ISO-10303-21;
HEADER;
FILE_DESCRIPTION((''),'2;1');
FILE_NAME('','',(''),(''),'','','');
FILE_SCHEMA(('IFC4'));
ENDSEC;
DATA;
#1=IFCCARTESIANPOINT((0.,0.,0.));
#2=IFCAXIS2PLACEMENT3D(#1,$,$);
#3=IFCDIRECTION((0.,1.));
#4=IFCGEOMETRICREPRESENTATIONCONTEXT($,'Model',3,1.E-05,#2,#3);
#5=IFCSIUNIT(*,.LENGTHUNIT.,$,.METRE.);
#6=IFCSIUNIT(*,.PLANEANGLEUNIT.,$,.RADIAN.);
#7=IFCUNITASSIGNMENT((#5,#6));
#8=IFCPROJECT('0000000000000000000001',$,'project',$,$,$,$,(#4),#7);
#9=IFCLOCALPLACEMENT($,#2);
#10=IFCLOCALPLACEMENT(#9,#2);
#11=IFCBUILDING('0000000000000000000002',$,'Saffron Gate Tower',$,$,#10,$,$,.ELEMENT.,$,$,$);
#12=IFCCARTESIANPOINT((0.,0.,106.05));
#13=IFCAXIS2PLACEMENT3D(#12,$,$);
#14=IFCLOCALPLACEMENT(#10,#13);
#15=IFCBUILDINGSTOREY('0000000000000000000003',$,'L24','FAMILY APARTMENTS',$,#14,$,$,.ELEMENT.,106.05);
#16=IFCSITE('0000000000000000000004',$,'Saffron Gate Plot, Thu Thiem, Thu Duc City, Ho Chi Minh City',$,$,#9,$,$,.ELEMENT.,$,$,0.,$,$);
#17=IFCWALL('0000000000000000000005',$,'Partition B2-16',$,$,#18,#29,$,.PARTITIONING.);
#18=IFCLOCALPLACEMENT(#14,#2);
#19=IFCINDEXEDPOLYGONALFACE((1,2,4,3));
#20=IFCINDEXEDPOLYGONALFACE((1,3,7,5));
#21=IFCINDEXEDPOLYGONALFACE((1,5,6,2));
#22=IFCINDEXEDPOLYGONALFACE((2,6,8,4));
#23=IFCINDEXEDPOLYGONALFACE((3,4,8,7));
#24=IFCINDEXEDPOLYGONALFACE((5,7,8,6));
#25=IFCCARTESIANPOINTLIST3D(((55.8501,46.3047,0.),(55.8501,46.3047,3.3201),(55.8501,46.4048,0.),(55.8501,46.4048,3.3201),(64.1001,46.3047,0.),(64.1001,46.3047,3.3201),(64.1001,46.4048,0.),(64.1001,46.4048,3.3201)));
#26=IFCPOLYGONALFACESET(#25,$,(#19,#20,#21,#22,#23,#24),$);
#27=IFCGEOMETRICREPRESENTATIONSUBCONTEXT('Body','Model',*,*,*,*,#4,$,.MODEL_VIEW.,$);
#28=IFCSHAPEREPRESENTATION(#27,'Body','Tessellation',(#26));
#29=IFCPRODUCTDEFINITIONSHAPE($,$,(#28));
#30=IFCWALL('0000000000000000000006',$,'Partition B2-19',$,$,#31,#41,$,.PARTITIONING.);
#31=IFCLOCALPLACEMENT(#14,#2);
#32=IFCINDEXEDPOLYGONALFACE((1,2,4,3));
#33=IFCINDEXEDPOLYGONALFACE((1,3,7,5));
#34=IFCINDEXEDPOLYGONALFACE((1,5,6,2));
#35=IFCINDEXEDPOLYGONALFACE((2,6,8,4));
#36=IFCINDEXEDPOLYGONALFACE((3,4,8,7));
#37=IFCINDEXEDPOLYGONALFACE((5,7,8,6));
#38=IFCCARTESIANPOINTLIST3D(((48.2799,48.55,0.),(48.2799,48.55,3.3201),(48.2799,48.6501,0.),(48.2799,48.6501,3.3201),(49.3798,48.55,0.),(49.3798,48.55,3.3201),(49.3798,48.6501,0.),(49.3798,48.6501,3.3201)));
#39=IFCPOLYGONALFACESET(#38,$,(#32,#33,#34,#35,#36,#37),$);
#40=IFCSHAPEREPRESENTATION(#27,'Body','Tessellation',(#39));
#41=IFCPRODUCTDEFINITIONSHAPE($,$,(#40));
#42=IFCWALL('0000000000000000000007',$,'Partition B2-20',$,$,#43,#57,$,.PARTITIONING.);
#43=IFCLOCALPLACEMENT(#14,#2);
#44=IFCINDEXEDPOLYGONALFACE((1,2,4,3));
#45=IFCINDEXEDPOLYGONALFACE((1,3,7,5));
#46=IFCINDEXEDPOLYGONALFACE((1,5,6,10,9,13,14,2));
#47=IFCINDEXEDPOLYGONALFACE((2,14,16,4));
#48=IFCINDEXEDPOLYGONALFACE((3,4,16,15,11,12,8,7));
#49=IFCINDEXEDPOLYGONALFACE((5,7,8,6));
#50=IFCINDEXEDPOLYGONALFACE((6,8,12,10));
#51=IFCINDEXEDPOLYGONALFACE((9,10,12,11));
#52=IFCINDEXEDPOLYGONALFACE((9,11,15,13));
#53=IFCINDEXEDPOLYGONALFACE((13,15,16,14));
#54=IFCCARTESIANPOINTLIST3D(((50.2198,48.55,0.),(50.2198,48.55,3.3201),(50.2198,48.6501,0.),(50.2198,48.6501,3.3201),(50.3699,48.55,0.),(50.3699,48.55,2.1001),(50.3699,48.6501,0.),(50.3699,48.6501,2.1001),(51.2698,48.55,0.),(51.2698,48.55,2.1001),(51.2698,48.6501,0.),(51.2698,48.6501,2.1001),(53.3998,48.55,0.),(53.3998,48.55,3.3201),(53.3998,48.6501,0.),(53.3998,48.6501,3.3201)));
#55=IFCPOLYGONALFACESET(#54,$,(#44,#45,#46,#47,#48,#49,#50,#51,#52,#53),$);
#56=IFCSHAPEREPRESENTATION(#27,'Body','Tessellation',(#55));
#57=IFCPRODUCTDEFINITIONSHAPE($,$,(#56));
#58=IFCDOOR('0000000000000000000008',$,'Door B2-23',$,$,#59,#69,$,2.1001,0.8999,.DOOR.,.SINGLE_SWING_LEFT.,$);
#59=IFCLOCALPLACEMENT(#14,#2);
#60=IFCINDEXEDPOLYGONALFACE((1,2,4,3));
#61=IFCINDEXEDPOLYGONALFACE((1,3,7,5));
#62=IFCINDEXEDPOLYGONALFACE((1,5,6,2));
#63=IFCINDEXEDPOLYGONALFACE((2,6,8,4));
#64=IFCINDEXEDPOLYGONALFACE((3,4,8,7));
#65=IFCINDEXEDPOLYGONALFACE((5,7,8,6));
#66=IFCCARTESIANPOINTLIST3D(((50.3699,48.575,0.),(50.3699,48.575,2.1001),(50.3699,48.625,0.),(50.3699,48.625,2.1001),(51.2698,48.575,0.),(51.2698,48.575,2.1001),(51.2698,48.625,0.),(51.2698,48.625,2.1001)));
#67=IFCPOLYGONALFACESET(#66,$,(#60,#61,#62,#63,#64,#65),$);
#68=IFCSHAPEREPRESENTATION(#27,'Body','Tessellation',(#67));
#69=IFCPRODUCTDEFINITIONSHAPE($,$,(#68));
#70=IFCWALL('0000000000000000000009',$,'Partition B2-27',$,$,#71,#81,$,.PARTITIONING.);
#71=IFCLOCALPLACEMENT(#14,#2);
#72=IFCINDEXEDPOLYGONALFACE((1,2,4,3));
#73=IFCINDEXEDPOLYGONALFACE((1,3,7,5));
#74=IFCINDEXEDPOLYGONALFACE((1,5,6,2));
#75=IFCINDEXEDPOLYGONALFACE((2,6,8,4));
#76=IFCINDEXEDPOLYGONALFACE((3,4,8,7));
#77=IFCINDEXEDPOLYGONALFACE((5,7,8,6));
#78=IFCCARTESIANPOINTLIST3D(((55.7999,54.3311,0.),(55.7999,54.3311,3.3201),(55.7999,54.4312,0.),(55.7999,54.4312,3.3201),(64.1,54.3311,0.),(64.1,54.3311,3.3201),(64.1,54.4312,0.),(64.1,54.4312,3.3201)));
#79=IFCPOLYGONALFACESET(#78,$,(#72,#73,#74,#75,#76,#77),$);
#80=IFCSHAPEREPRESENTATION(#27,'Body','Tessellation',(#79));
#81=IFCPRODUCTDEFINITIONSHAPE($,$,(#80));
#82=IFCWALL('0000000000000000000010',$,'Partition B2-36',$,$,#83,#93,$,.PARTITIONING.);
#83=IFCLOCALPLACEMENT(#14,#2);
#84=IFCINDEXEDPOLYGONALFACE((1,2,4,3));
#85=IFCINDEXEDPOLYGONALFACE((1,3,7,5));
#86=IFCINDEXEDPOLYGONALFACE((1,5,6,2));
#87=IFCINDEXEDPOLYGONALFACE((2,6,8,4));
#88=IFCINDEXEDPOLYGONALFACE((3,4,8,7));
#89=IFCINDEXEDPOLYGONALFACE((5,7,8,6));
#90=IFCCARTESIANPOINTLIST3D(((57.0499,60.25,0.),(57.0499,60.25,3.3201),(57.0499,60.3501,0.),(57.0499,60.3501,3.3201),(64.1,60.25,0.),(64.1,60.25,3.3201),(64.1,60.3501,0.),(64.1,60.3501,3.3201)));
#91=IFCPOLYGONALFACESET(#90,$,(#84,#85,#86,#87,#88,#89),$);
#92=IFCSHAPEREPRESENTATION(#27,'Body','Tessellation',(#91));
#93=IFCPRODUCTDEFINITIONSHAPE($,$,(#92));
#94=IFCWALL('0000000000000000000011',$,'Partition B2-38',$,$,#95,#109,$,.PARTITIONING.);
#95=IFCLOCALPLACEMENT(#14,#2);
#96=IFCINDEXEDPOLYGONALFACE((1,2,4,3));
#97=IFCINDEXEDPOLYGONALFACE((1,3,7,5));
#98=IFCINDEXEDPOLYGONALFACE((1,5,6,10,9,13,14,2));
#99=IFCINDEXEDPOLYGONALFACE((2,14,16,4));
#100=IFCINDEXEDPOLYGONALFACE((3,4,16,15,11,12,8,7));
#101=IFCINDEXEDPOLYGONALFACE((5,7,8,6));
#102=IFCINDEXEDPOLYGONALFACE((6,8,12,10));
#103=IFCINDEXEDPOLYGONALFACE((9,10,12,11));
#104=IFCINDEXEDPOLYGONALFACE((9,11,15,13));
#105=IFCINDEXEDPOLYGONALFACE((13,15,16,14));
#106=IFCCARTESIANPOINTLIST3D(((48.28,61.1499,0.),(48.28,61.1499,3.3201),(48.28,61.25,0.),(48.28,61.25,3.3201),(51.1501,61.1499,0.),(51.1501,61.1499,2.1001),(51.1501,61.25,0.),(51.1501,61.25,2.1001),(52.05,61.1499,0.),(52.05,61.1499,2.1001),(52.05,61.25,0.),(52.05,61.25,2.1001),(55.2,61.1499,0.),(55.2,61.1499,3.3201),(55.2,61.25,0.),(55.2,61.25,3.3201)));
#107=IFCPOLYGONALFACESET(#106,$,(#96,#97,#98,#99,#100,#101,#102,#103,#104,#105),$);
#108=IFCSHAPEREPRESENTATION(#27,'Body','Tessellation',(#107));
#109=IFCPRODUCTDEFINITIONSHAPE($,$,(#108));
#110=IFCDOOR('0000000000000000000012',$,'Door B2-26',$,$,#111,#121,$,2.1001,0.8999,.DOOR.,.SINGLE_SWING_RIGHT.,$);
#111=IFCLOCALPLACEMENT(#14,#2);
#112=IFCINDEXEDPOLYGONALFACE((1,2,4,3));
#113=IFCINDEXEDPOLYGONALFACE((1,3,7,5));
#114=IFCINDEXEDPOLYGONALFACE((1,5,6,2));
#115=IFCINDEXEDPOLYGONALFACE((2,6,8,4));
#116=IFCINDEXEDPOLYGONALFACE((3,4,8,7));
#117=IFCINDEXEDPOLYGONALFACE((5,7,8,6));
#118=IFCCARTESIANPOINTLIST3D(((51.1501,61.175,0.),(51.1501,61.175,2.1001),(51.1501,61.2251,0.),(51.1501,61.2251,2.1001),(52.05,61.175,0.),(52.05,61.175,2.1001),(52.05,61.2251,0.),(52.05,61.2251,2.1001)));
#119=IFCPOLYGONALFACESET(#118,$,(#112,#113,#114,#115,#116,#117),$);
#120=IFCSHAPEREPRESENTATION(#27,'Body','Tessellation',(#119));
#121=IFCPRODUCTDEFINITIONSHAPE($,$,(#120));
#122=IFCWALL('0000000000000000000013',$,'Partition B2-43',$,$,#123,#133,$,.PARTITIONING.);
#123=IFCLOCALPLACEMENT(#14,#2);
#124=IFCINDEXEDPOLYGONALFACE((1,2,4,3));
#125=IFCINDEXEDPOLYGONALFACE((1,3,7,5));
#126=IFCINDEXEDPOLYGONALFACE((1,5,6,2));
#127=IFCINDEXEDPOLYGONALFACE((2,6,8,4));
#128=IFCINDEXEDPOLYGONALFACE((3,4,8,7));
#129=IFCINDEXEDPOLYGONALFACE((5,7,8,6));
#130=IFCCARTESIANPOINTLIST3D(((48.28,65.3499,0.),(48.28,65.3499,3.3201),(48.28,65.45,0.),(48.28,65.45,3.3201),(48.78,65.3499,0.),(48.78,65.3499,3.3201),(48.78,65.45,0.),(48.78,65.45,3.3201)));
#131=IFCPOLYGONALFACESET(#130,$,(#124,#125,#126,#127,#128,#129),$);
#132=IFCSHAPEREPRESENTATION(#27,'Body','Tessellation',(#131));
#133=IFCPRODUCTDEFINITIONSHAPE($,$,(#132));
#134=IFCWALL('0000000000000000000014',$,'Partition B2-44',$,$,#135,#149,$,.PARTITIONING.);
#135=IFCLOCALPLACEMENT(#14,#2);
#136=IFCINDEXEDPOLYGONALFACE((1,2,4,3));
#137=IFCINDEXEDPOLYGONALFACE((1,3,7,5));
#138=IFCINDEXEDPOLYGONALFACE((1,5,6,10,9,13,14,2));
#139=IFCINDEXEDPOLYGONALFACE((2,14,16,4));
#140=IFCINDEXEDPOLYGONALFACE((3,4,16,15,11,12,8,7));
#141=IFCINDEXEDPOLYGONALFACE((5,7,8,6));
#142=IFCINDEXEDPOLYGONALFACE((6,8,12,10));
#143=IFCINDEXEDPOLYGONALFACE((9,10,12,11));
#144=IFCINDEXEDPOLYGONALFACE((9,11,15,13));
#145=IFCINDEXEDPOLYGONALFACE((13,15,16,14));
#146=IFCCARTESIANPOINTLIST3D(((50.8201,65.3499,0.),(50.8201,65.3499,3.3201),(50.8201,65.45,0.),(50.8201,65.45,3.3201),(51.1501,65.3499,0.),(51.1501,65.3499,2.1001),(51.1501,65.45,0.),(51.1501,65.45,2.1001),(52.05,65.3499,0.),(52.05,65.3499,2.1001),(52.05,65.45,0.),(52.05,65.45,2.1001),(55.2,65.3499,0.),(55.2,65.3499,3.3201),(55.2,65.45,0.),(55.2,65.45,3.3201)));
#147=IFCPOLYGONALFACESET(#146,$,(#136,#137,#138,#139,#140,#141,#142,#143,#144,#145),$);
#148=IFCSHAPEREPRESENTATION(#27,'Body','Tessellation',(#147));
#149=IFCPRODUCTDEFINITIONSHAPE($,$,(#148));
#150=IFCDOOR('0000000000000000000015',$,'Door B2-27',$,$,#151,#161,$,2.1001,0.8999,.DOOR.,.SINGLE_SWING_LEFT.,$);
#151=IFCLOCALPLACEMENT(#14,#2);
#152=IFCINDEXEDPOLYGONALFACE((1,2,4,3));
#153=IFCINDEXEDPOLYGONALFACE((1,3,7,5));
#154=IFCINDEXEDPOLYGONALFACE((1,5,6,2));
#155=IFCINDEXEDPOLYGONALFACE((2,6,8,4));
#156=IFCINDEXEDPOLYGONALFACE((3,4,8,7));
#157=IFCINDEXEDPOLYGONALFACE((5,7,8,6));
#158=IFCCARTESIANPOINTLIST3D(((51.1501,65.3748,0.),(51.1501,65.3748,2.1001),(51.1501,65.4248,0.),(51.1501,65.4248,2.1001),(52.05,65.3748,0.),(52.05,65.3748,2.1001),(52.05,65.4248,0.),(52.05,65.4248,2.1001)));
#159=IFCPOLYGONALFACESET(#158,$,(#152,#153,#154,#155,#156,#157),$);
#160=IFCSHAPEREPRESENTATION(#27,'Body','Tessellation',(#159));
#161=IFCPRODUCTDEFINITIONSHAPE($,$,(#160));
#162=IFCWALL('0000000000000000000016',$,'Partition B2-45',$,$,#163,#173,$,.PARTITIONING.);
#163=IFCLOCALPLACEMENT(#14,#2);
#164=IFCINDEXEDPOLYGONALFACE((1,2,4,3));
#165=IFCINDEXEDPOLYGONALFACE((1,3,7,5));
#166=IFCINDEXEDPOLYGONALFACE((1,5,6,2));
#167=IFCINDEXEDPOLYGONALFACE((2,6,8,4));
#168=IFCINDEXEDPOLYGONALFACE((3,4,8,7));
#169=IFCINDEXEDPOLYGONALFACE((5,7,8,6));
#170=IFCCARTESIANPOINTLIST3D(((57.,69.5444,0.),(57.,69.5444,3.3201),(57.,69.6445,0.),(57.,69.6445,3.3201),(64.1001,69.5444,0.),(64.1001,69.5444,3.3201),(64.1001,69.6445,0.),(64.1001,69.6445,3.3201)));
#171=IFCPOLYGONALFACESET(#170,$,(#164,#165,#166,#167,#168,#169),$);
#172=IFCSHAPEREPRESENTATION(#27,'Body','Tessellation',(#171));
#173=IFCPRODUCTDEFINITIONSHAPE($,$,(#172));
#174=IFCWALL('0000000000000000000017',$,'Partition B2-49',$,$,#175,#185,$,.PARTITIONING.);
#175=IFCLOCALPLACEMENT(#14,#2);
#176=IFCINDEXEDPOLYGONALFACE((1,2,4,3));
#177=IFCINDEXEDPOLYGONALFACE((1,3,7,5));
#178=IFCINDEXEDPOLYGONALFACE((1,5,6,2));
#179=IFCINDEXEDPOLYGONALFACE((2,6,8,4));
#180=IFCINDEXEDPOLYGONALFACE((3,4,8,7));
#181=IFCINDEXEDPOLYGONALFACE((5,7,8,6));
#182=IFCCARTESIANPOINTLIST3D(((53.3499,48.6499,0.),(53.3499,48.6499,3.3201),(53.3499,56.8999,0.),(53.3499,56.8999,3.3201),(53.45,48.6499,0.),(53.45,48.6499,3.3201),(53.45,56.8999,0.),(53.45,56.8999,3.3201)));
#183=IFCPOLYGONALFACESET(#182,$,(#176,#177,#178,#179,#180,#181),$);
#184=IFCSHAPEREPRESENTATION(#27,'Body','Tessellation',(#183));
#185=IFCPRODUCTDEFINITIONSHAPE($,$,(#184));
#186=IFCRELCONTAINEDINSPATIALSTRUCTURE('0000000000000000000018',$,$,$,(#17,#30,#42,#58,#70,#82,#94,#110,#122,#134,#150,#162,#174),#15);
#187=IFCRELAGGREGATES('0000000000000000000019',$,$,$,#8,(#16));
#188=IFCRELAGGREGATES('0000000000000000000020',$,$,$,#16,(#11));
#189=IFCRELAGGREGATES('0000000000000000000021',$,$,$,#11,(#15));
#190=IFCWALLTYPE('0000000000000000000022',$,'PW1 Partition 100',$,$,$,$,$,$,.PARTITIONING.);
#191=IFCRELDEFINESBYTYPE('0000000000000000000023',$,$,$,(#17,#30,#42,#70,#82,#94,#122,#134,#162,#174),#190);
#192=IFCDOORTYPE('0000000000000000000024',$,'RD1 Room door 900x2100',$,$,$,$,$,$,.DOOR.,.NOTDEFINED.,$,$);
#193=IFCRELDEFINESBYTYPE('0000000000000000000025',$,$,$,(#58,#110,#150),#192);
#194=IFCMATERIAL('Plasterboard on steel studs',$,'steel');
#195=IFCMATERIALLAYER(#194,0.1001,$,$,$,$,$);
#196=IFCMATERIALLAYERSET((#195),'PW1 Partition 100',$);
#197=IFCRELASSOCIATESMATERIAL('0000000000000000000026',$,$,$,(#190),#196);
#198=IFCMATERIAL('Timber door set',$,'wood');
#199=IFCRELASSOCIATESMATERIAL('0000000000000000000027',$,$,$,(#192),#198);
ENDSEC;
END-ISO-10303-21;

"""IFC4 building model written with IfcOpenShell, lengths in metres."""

from ifc_helpers import new_model, si_unit, direction, frame, frame_2d, origin, place, context, subcontext, project, spatial, rectangle, extrude, material, layer, layer_set, type_object, element, fill, save


model = new_model("IFC4")

# Units and contexts
model_context = context("Model", 3, precision=1e-05, world=origin(), true_north=direction((0.0, 1.0)))
body_context = subcontext(model_context, "Body", "Model", "MODEL_VIEW")
ifc_project = project(units=[si_unit("LENGTHUNIT", "METRE"), si_unit("PLANEANGLEUNIT", "RADIAN")], contexts=[model_context])

# Site, building, storey
site_placement = place(None, origin())
site = spatial("IfcSite", under=ifc_project, at=site_placement, Name="Saffron Gate Plot, Thu Thiem, Thu Duc City, Ho Chi Minh City", CompositionType="ELEMENT", RefElevation=0.0)
building_placement = place(site_placement, origin())
building = spatial("IfcBuilding", under=site, at=building_placement, Name="Saffron Gate Tower", CompositionType="ELEMENT")
storey_placement = place(building_placement, frame((0.0, 0.0, 106.05)))
storey = spatial("IfcBuildingStorey", under=building, at=storey_placement, Name="L24", Description="FAMILY APARTMENTS", CompositionType="ELEMENT", Elevation=106.05)

# Walls
ifc_material_1 = material(Name="Plasterboard on steel studs", Category="steel")
ifc_layer_1 = layer(ifc_material_1, 0.1001)
ifc_layer_set_1 = layer_set([ifc_layer_1], Name="PW1 Partition 100")
wall_type_1 = type_object("IfcWallType", Name="PW1 Partition 100", PredefinedType="PARTITIONING", material=ifc_layer_set_1)
wall_1_placement = place(storey_placement, frame((55.8501, 46.3547, 0.0), z_axis=(0.0, 0.0, 1.0), x_axis=(1.0, 0.0, 0.0)))
element("IfcWall", 1, at=wall_1_placement, inside=storey, type_object=wall_type_1, Name="Partition B2-16", PredefinedType="PARTITIONING", context=body_context, shape_type="SweptSolid", body=[
    extrude(rectangle(XDim=8.25, YDim=0.1001, at=frame_2d((4.125, 0.0))), origin(), (0.0, 0.0, 1.0), 3.3201),
])
wall_2_placement = place(storey_placement, frame((48.28, 48.6001, 0.0), z_axis=(0.0, 0.0, 1.0), x_axis=(1.0, 0.0, 0.0)))
element("IfcWall", 2, at=wall_2_placement, inside=storey, type_object=wall_type_1, Name="Partition B2-19", PredefinedType="PARTITIONING", context=body_context, shape_type="SweptSolid", body=[
    extrude(rectangle(XDim=1.0999, YDim=0.1001, at=frame_2d((0.5498, 0.0))), origin(), (0.0, 0.0, 1.0), 3.3201),
])

# Wall, opening, door
wall_3_placement = place(storey_placement, frame((50.22, 48.6001, 0.0), z_axis=(0.0, 0.0, 1.0), x_axis=(1.0, 0.0, 0.0)))
wall_3 = element("IfcWall", 3, at=wall_3_placement, inside=storey, type_object=wall_type_1, Name="Partition B2-20", PredefinedType="PARTITIONING", context=body_context, shape_type="SweptSolid", body=[
    extrude(rectangle(XDim=3.1799, YDim=0.1001, at=frame_2d((1.5898, 0.0))), origin(), (0.0, 0.0, 1.0), 3.3201),
])
opening_1_placement = place(wall_3_placement, frame((0.1499, 0.0, 0.0)))
opening_1 = element("IfcOpeningElement", 4, at=opening_1_placement, cuts=wall_3, PredefinedType="OPENING", context=body_context, shape_type="SweptSolid", body=[
    extrude(rectangle(XDim=0.8999, YDim=2.1001, at=frame_2d((0.45, 1.05))), frame((0.0, 0.0601, 0.0), z_axis=(0.0, -1.0, 0.0), x_axis=(1.0, 0.0, 0.0)), (0.0, 0.0, 1.0), 0.1201),
])
ifc_material_2 = material(Name="Timber door set", Category="wood")
door_type_1 = type_object("IfcDoorType", Name="RD1 Room door 900x2100", OperationType="NOTDEFINED", PredefinedType="DOOR", material=ifc_material_2)
door_1_placement = place(opening_1_placement, origin())
door_1 = element("IfcDoor", 5, at=door_1_placement, inside=storey, type_object=door_type_1, Name="Door B2-23", OperationType="SINGLE_SWING_LEFT", OverallHeight=2.1001, OverallWidth=0.8999, PredefinedType="DOOR", context=body_context, shape_type="SweptSolid", body=[
    extrude(rectangle(XDim=0.8999, YDim=2.1001, at=frame_2d((0.45, 1.05))), frame((0.0, 0.0249, 0.0), z_axis=(0.0, -1.0, 0.0), x_axis=(1.0, 0.0, 0.0)), (0.0, 0.0, 1.0), 0.05),
])
fill(opening_1, door_1)

# Walls
wall_4_placement = place(storey_placement, frame((55.8, 54.3811, 0.0), z_axis=(0.0, 0.0, 1.0), x_axis=(1.0, 0.0, 0.0)))
element("IfcWall", 6, at=wall_4_placement, inside=storey, type_object=wall_type_1, Name="Partition B2-27", PredefinedType="PARTITIONING", context=body_context, shape_type="SweptSolid", body=[
    extrude(rectangle(XDim=8.3, YDim=0.1001, at=frame_2d((4.1499, 0.0))), origin(), (0.0, 0.0, 1.0), 3.3201),
])
wall_5_placement = place(storey_placement, frame((57.05, 60.3, 0.0), z_axis=(0.0, 0.0, 1.0), x_axis=(1.0, 0.0, 0.0)))
element("IfcWall", 7, at=wall_5_placement, inside=storey, type_object=wall_type_1, Name="Partition B2-36", PredefinedType="PARTITIONING", context=body_context, shape_type="SweptSolid", body=[
    extrude(rectangle(XDim=7.05, YDim=0.1001, at=frame_2d((3.5249, 0.0))), origin(), (0.0, 0.0, 1.0), 3.3201),
])

# Wall, opening, door
wall_6_placement = place(storey_placement, frame((55.2, 61.2, 0.0), z_axis=(0.0, 0.0, 1.0), x_axis=(-1.0, 0.0, 0.0)))
wall_6 = element("IfcWall", 8, at=wall_6_placement, inside=storey, type_object=wall_type_1, Name="Partition B2-38", PredefinedType="PARTITIONING", context=body_context, shape_type="SweptSolid", body=[
    extrude(rectangle(XDim=6.9199, YDim=0.1001, at=frame_2d((3.46, 0.0))), origin(), (0.0, 0.0, 1.0), 3.3201),
])
opening_2_placement = place(wall_6_placement, frame((3.1499, 0.0, 0.0)))
opening_2 = element("IfcOpeningElement", 9, at=opening_2_placement, cuts=wall_6, PredefinedType="OPENING", context=body_context, shape_type="SweptSolid", body=[
    extrude(rectangle(XDim=0.8999, YDim=2.1001, at=frame_2d((0.45, 1.05))), frame((0.0, 0.0601, 0.0), z_axis=(0.0, -1.0, 0.0), x_axis=(1.0, 0.0, 0.0)), (0.0, 0.0, 1.0), 0.1201),
])
door_2_placement = place(opening_2_placement, origin())
door_2 = element("IfcDoor", 10, at=door_2_placement, inside=storey, type_object=door_type_1, Name="Door B2-26", OperationType="SINGLE_SWING_RIGHT", OverallHeight=2.1001, OverallWidth=0.8999, PredefinedType="DOOR", context=body_context, shape_type="SweptSolid", body=[
    extrude(rectangle(XDim=0.8999, YDim=2.1001, at=frame_2d((0.45, 1.05))), frame((0.0, 0.0249, 0.0), z_axis=(0.0, -1.0, 0.0), x_axis=(1.0, 0.0, 0.0)), (0.0, 0.0, 1.0), 0.05),
])
fill(opening_2, door_2)

# Wall
wall_7_placement = place(storey_placement, frame((48.28, 65.3999, 0.0), z_axis=(0.0, 0.0, 1.0), x_axis=(1.0, 0.0, 0.0)))
element("IfcWall", 11, at=wall_7_placement, inside=storey, type_object=wall_type_1, Name="Partition B2-43", PredefinedType="PARTITIONING", context=body_context, shape_type="SweptSolid", body=[
    extrude(rectangle(XDim=0.5, YDim=0.1001, at=frame_2d((0.25, 0.0))), origin(), (0.0, 0.0, 1.0), 3.3201),
])

# Wall, opening, door
wall_8_placement = place(storey_placement, frame((50.8201, 65.3999, 0.0), z_axis=(0.0, 0.0, 1.0), x_axis=(1.0, 0.0, 0.0)))
wall_8 = element("IfcWall", 12, at=wall_8_placement, inside=storey, type_object=wall_type_1, Name="Partition B2-44", PredefinedType="PARTITIONING", context=body_context, shape_type="SweptSolid", body=[
    extrude(rectangle(XDim=4.3799, YDim=0.1001, at=frame_2d((2.1899, 0.0))), origin(), (0.0, 0.0, 1.0), 3.3201),
])
opening_3_placement = place(wall_8_placement, frame((0.3301, 0.0, 0.0)))
opening_3 = element("IfcOpeningElement", 13, at=opening_3_placement, cuts=wall_8, PredefinedType="OPENING", context=body_context, shape_type="SweptSolid", body=[
    extrude(rectangle(XDim=0.8999, YDim=2.1001, at=frame_2d((0.45, 1.05))), frame((0.0, 0.0601, 0.0), z_axis=(0.0, -1.0, 0.0), x_axis=(1.0, 0.0, 0.0)), (0.0, 0.0, 1.0), 0.1201),
])
door_3_placement = place(opening_3_placement, origin())
door_3 = element("IfcDoor", 14, at=door_3_placement, inside=storey, type_object=door_type_1, Name="Door B2-27", OperationType="SINGLE_SWING_LEFT", OverallHeight=2.1001, OverallWidth=0.8999, PredefinedType="DOOR", context=body_context, shape_type="SweptSolid", body=[
    extrude(rectangle(XDim=0.8999, YDim=2.1001, at=frame_2d((0.45, 1.05))), frame((0.0, 0.0249, 0.0), z_axis=(0.0, -1.0, 0.0), x_axis=(1.0, 0.0, 0.0)), (0.0, 0.0, 1.0), 0.05),
])
fill(opening_3, door_3)

# Walls
wall_9_placement = place(storey_placement, frame((57.0, 69.5945, 0.0), z_axis=(0.0, 0.0, 1.0), x_axis=(1.0, 0.0, 0.0)))
element("IfcWall", 15, at=wall_9_placement, inside=storey, type_object=wall_type_1, Name="Partition B2-45", PredefinedType="PARTITIONING", context=body_context, shape_type="SweptSolid", body=[
    extrude(rectangle(XDim=7.1001, YDim=0.1001, at=frame_2d((3.55, 0.0))), origin(), (0.0, 0.0, 1.0), 3.3201),
])
wall_10_placement = place(storey_placement, frame((53.3999, 56.8999, 0.0), z_axis=(0.0, 0.0, 1.0), x_axis=(0.0, -1.0, 0.0)))
element("IfcWall", 16, at=wall_10_placement, inside=storey, type_object=wall_type_1, Name="Partition B2-49", PredefinedType="PARTITIONING", context=body_context, shape_type="SweptSolid", body=[
    extrude(rectangle(XDim=8.25, YDim=0.1001, at=frame_2d((4.125, 0.0))), origin(), (0.0, 0.0, 1.0), 3.3201),
])

save(model, "model.ifc")
